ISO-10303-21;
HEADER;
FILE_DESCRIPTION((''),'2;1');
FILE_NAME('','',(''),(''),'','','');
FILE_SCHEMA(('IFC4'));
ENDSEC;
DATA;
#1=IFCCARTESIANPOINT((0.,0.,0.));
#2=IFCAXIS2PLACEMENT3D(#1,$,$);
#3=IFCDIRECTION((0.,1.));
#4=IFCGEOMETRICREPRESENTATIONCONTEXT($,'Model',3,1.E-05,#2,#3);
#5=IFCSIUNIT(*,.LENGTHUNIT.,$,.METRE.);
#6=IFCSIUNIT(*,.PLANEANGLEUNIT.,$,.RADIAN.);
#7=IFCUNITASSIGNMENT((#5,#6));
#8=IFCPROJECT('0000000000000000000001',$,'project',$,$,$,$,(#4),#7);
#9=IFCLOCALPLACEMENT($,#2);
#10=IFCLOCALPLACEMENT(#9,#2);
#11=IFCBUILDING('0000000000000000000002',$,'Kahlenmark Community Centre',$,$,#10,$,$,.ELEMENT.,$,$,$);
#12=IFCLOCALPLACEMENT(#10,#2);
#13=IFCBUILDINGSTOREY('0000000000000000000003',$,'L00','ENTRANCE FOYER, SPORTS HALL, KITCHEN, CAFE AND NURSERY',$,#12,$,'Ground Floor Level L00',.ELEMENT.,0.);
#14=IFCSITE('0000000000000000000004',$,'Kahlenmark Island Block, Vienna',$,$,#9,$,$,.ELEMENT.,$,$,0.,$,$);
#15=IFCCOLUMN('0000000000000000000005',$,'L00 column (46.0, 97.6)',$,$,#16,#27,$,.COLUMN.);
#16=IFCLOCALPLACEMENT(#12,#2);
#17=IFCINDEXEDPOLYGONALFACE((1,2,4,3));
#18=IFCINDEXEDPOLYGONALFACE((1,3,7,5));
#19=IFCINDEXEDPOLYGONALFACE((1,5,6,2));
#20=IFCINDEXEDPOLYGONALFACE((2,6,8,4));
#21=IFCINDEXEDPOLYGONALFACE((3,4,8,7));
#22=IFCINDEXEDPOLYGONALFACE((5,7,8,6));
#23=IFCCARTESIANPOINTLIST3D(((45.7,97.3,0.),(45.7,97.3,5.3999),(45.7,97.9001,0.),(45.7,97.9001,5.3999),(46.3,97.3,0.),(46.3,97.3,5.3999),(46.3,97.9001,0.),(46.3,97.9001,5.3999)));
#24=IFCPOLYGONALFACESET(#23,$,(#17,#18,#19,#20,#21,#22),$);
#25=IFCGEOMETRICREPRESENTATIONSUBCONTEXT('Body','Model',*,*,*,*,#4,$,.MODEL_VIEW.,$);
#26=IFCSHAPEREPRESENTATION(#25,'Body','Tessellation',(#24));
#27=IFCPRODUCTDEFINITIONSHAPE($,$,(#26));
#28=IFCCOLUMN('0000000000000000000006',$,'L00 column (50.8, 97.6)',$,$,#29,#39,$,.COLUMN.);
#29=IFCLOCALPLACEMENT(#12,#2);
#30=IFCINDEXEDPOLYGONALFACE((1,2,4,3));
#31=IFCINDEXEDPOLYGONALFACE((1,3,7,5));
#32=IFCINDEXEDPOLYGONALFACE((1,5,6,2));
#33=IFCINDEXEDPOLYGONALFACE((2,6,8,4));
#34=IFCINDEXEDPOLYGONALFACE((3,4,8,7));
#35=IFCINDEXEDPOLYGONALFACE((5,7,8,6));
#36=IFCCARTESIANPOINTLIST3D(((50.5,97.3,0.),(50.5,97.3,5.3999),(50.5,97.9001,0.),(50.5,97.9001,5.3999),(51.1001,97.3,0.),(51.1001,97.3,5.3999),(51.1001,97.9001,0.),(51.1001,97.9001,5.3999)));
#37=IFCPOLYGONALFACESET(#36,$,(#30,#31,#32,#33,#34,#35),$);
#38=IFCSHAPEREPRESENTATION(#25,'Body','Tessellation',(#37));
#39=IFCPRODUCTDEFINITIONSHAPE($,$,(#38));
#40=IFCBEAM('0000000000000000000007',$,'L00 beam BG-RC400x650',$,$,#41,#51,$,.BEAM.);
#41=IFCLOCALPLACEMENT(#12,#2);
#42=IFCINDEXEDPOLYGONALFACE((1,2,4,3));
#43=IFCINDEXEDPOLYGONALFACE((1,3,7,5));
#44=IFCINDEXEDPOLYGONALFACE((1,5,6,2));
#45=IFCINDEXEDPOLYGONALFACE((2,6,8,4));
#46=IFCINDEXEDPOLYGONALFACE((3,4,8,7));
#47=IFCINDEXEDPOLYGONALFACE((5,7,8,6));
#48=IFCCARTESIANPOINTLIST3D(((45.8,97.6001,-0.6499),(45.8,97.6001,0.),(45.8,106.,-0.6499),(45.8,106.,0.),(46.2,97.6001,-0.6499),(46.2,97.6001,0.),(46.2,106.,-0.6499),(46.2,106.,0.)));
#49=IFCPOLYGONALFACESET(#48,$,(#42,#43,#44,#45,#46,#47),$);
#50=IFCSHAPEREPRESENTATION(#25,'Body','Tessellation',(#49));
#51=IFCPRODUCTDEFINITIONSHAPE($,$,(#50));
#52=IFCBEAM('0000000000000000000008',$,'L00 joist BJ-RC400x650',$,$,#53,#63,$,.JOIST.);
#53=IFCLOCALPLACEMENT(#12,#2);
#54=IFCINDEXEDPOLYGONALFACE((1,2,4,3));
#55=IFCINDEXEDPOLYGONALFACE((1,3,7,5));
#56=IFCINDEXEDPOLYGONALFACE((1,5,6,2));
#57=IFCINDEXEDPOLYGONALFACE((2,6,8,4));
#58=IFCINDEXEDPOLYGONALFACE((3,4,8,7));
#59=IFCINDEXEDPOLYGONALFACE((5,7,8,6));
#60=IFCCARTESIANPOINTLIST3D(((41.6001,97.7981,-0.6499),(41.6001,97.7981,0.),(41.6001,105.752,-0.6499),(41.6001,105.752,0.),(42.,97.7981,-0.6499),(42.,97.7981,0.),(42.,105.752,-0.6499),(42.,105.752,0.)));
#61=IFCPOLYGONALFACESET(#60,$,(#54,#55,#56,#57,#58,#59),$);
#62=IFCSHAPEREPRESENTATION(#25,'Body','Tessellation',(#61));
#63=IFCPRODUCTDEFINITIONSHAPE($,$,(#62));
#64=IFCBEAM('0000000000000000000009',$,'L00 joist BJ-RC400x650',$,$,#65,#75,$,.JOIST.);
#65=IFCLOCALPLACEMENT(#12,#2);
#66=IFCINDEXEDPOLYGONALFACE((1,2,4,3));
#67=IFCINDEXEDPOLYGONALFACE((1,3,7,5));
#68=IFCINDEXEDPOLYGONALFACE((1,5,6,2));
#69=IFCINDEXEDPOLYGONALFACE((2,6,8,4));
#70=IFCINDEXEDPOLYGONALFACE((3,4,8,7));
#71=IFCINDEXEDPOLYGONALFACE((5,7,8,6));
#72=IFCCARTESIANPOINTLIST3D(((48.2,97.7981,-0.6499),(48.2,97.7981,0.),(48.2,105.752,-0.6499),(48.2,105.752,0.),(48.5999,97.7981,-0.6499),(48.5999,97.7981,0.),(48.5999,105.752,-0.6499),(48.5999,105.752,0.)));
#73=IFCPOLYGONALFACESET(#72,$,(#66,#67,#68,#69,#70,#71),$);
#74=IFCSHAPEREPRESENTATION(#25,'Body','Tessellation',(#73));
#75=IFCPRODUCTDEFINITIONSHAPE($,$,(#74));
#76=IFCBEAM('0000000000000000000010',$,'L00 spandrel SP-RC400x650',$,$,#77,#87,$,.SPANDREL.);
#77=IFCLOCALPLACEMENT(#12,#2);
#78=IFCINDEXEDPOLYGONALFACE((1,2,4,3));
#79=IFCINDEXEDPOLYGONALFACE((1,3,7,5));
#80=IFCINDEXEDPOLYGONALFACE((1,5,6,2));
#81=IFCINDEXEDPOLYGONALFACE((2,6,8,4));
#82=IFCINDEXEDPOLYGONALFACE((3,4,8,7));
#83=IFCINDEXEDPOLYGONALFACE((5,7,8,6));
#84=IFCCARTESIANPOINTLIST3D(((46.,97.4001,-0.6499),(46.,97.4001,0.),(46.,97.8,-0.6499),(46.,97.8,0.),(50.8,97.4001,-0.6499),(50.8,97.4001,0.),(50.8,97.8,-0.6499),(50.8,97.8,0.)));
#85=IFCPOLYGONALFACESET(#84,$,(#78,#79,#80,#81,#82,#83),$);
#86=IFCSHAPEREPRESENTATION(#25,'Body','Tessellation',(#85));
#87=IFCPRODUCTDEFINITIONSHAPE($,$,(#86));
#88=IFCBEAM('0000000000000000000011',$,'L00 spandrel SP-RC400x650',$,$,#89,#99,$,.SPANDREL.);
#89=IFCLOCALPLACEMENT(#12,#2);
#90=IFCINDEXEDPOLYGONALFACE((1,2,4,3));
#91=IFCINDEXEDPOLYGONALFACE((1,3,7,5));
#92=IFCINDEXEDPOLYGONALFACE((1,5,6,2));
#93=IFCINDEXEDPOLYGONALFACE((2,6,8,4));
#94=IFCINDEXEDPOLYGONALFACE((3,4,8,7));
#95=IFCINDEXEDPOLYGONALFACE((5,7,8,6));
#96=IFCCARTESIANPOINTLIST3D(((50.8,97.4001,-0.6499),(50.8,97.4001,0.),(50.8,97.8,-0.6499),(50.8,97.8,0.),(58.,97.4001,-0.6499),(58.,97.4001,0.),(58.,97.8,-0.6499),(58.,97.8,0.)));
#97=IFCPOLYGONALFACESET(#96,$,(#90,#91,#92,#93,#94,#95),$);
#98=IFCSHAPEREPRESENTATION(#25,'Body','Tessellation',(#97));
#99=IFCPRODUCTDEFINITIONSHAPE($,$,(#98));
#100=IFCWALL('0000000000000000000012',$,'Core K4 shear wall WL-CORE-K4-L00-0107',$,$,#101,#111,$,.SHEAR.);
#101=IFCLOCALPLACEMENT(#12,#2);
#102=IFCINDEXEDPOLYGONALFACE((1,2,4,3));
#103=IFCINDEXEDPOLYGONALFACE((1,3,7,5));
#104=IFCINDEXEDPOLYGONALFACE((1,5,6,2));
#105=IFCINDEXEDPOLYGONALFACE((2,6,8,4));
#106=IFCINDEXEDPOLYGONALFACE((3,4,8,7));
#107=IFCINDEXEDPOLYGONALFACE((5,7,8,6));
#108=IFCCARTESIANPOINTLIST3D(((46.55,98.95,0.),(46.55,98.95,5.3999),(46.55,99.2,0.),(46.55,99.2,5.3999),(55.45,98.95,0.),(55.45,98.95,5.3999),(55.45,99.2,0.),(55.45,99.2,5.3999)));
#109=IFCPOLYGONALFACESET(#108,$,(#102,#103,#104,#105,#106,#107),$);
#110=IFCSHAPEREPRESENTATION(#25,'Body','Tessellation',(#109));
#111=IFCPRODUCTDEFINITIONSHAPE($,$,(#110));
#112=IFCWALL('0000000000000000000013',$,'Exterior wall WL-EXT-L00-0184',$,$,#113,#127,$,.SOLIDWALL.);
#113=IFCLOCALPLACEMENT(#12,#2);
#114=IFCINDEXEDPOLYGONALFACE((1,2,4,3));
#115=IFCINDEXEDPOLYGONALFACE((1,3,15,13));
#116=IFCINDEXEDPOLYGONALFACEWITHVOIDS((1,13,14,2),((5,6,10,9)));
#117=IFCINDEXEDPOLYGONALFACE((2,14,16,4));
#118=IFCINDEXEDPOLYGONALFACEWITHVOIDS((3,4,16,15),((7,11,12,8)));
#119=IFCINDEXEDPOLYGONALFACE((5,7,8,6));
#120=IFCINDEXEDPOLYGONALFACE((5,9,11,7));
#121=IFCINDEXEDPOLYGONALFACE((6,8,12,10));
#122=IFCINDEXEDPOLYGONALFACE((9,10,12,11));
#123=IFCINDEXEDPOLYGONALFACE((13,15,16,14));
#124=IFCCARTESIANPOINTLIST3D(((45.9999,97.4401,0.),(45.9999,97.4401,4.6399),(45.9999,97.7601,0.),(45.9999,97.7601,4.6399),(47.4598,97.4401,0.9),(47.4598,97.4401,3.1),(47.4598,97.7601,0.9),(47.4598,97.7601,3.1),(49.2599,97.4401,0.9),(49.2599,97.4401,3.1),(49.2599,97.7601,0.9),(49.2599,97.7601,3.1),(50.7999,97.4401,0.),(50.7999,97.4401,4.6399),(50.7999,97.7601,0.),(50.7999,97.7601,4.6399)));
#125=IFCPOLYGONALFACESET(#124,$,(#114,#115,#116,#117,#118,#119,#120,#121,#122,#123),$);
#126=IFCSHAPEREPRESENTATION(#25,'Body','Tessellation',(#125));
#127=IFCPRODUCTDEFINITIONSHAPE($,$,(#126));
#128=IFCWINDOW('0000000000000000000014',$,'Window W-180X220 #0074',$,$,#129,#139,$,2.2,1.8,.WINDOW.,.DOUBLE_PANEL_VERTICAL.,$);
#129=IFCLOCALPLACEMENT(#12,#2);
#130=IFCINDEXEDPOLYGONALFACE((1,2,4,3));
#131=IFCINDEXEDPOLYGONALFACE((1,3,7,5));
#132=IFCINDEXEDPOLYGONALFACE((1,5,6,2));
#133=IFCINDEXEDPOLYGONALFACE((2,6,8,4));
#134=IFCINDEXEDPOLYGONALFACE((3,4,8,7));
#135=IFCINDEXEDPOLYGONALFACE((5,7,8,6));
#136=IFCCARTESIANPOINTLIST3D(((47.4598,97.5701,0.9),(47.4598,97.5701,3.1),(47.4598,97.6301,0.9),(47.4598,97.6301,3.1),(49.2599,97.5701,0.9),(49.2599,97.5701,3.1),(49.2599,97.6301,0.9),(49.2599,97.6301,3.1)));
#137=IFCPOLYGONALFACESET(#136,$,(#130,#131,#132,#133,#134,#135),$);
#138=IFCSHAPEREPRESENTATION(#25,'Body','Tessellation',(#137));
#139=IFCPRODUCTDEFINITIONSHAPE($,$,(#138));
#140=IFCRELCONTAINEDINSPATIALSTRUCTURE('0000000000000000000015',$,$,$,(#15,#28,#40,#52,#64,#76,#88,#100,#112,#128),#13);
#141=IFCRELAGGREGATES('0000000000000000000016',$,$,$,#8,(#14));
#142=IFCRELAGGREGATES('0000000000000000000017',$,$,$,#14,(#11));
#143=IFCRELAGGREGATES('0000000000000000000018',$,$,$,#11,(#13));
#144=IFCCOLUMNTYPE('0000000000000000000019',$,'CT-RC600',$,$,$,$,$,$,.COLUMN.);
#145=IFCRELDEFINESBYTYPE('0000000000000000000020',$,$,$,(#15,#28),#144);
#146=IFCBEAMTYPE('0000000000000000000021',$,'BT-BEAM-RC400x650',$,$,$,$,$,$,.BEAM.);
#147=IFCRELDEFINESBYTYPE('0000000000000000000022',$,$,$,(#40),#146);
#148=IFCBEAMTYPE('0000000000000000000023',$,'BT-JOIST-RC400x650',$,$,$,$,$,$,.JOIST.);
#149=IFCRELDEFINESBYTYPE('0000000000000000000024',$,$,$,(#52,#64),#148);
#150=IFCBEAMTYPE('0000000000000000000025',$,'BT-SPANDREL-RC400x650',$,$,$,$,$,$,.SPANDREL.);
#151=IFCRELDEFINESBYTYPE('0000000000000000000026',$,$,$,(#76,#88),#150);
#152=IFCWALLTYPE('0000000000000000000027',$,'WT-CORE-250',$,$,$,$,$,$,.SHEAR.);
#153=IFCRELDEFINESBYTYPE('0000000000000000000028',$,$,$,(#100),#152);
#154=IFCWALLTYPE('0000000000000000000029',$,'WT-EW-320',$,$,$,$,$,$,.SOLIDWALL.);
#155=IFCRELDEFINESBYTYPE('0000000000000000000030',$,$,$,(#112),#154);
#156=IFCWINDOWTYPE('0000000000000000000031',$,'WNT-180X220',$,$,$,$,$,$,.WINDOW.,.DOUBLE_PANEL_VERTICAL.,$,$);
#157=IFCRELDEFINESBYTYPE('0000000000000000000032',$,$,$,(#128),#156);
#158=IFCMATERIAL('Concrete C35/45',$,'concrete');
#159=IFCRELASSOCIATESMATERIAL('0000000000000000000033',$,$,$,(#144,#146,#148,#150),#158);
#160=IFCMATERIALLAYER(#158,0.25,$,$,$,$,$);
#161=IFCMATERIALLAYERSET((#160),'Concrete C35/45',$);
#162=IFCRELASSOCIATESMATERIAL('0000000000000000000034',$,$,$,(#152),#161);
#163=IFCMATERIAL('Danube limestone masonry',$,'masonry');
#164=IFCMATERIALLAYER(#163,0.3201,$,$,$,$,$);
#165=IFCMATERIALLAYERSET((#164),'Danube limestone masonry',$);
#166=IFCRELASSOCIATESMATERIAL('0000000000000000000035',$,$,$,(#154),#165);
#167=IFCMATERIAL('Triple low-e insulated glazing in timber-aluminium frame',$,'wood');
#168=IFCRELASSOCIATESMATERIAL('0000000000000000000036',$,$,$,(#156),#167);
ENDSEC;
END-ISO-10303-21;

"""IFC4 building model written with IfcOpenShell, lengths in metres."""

from ifc_helpers import new_model, si_unit, direction, frame, frame_2d, origin, origin_2d, place, context, subcontext, project, spatial, rectangle, extrude, material, layer, layer_set, material_profile, profile_set, type_object, element, fill, save


model = new_model("IFC4")

# Units and contexts
model_context = context("Model", 3, precision=1e-05, world=origin(), true_north=direction((0.0, 1.0)))
body_context = subcontext(model_context, "Body", "Model", "MODEL_VIEW")
ifc_project = project(units=[si_unit("LENGTHUNIT", "METRE"), si_unit("PLANEANGLEUNIT", "RADIAN")], contexts=[model_context])

# Site, building, storey
site_placement = place(None, origin())
site = spatial("IfcSite", under=ifc_project, at=site_placement, Name="Kahlenmark Island Block, Vienna", CompositionType="ELEMENT", RefElevation=0.0)
building_placement = place(site_placement, origin())
building = spatial("IfcBuilding", under=site, at=building_placement, Name="Kahlenmark Community Centre", CompositionType="ELEMENT")
storey_placement = place(building_placement, origin())
storey = spatial("IfcBuildingStorey", under=building, at=storey_placement, Name="L00", Description="ENTRANCE FOYER, SPORTS HALL, KITCHEN, CAFE AND NURSERY", LongName="Ground Floor Level L00", CompositionType="ELEMENT", Elevation=0.0)

# Columns
ifc_material_1 = material(Name="Concrete C35/45", Category="concrete")
ifc_material_profile_1 = material_profile(ifc_material_1, rectangle(XDim=0.6001, YDim=0.6001, at=origin_2d()), Name="RC 600x600")
ifc_profile_set_1 = profile_set([ifc_material_profile_1], Name="Concrete C35/45")
column_type = type_object("IfcColumnType", Name="CT-RC600", PredefinedType="COLUMN", material=ifc_profile_set_1)
for number, where, z_axis, x_axis, name in (
    (1, (46.0, 97.6001, 0.0), (0.0, 0.0, 1.0), (1.0, 0.0, 0.0), "L00 column (46.0, 97.6)"),
    (2, (50.8, 97.6001, 0.0), (0.0, 0.0, 1.0), (1.0, 0.0, 0.0), "L00 column (50.8, 97.6)"),
):
    element("IfcColumn", number, at=place(storey_placement, frame(where, z_axis=z_axis, x_axis=x_axis)), inside=storey, type_object=column_type, Name=name, PredefinedType="COLUMN", context=body_context, shape_type="SweptSolid", body=[
        extrude(rectangle(XDim=0.6001, YDim=0.6001, at=origin_2d()), origin(), (0.0, 0.0, 1.0), 5.3999),
    ])

# Beams
ifc_material_profile_2 = material_profile(ifc_material_1, rectangle(XDim=0.3999, YDim=0.6499, at=origin_2d()), Name="RC 400x650")
ifc_profile_set_2 = profile_set([ifc_material_profile_2], Name="Concrete C35/45")
beam_type_1 = type_object("IfcBeamType", Name="BT-BEAM-RC400x650", PredefinedType="BEAM", material=ifc_profile_set_2)
beam_1_placement = place(storey_placement, frame((46.0, 97.6001, -0.325), z_axis=(0.0, 1.0, 0.0), x_axis=(-1.0, 0.0, 0.0)))
element("IfcBeam", 3, at=beam_1_placement, inside=storey, type_object=beam_type_1, Name="L00 beam BG-RC400x650", PredefinedType="BEAM", context=body_context, shape_type="SweptSolid", body=[
    extrude(rectangle(XDim=0.3999, YDim=0.6499, at=origin_2d()), origin(), (0.0, 0.0, 1.0), 8.3999),
])
ifc_material_profile_3 = material_profile(ifc_material_1, rectangle(XDim=0.3999, YDim=0.6499, at=origin_2d()), Name="RC 400x650")
ifc_profile_set_3 = profile_set([ifc_material_profile_3], Name="Concrete C35/45")
beam_type_2 = type_object("IfcBeamType", Name="BT-JOIST-RC400x650", PredefinedType="JOIST", material=ifc_profile_set_3)
for number, where, z_axis, x_axis, name in (
    (4, (41.8, 97.7981, -0.325), (0.0, 1.0, 0.0), (-1.0, 0.0, 0.0), "L00 joist BJ-RC400x650"),
    (5, (48.3999, 97.7981, -0.325), (0.0, 1.0, 0.0), (-1.0, 0.0, 0.0), "L00 joist BJ-RC400x650"),
):
    element("IfcBeam", number, at=place(storey_placement, frame(where, z_axis=z_axis, x_axis=x_axis)), inside=storey, type_object=beam_type_2, Name=name, PredefinedType="JOIST", context=body_context, shape_type="SweptSolid", body=[
        extrude(rectangle(XDim=0.3999, YDim=0.6499, at=origin_2d()), origin(), (0.0, 0.0, 1.0), 7.9539),
    ])
ifc_material_profile_4 = material_profile(ifc_material_1, rectangle(XDim=0.3999, YDim=0.6499, at=origin_2d()), Name="RC 400x650")
ifc_profile_set_4 = profile_set([ifc_material_profile_4], Name="Concrete C35/45")
beam_type_3 = type_object("IfcBeamType", Name="BT-SPANDREL-RC400x650", PredefinedType="SPANDREL", material=ifc_profile_set_4)
beam_2_placement = place(storey_placement, frame((46.0, 97.6001, -0.325), z_axis=(1.0, 0.0, 0.0), x_axis=(0.0, 1.0, 0.0)))
element("IfcBeam", 6, at=beam_2_placement, inside=storey, type_object=beam_type_3, Name="L00 spandrel SP-RC400x650", PredefinedType="SPANDREL", context=body_context, shape_type="SweptSolid", body=[
    extrude(rectangle(XDim=0.3999, YDim=0.6499, at=origin_2d()), origin(), (0.0, 0.0, 1.0), 4.8),
])
beam_3_placement = place(storey_placement, frame((50.8, 97.6001, -0.325), z_axis=(1.0, 0.0, 0.0), x_axis=(0.0, 1.0, 0.0)))
element("IfcBeam", 7, at=beam_3_placement, inside=storey, type_object=beam_type_3, Name="L00 spandrel SP-RC400x650", PredefinedType="SPANDREL", context=body_context, shape_type="SweptSolid", body=[
    extrude(rectangle(XDim=0.3999, YDim=0.6499, at=origin_2d()), origin(), (0.0, 0.0, 1.0), 7.2),
])

# Wall
ifc_layer_1 = layer(ifc_material_1, 0.25)
ifc_layer_set_1 = layer_set([ifc_layer_1], Name="Concrete C35/45")
wall_type_1 = type_object("IfcWallType", Name="WT-CORE-250", PredefinedType="SHEAR", material=ifc_layer_set_1)
wall_1_placement = place(storey_placement, frame((46.55, 99.075, 0.0), z_axis=(0.0, 0.0, 1.0), x_axis=(1.0, 0.0, 0.0)))
element("IfcWall", 8, at=wall_1_placement, inside=storey, type_object=wall_type_1, Name="Core K4 shear wall WL-CORE-K4-L00-0107", PredefinedType="SHEAR", context=body_context, shape_type="SweptSolid", body=[
    extrude(rectangle(XDim=8.8999, YDim=0.25, at=frame_2d((4.45, 0.0))), origin(), (0.0, 0.0, 1.0), 5.3999),
])

# Wall, opening, window
ifc_material_2 = material(Name="Danube limestone masonry", Category="masonry")
ifc_layer_2 = layer(ifc_material_2, 0.3201)
ifc_layer_set_2 = layer_set([ifc_layer_2], Name="Danube limestone masonry")
wall_type_2 = type_object("IfcWallType", Name="WT-EW-320", PredefinedType="SOLIDWALL", material=ifc_layer_set_2)
wall_2_placement = place(storey_placement, frame((46.0, 97.6001, 0.0), z_axis=(0.0, 0.0, 1.0), x_axis=(1.0, 0.0, 0.0)))
wall_2 = element("IfcWall", 9, at=wall_2_placement, inside=storey, type_object=wall_type_2, Name="Exterior wall WL-EXT-L00-0184", PredefinedType="SOLIDWALL", context=body_context, shape_type="SweptSolid", body=[
    extrude(rectangle(XDim=4.8, YDim=0.3201, at=frame_2d((2.3999, 0.0))), origin(), (0.0, 0.0, 1.0), 4.6399),
])
opening_1_placement = place(wall_2_placement, frame((1.46, 0.0, 0.8999)))
opening_1 = element("IfcOpeningElement", 10, at=opening_1_placement, cuts=wall_2, PredefinedType="OPENING", context=body_context, shape_type="SweptSolid", body=[
    extrude(rectangle(XDim=1.8, YDim=2.2, at=frame_2d((0.8999, 1.1001))), frame((0.0, 0.1699, 0.0), z_axis=(0.0, -1.0, 0.0), x_axis=(1.0, 0.0, 0.0)), (0.0, 0.0, 1.0), 0.3401),
])
ifc_material_3 = material(Name="Triple low-e insulated glazing in timber-aluminium frame", Category="wood")
window_type = type_object("IfcWindowType", Name="WNT-180X220", PartitioningType="DOUBLE_PANEL_VERTICAL", PredefinedType="WINDOW", material=ifc_material_3)
window_1_placement = place(opening_1_placement, origin())
window_1 = element("IfcWindow", 11, at=window_1_placement, inside=storey, type_object=window_type, Name="Window W-180X220 #0074", OverallHeight=2.2, OverallWidth=1.8, PartitioningType="DOUBLE_PANEL_VERTICAL", PredefinedType="WINDOW", context=body_context, shape_type="SweptSolid", body=[
    extrude(rectangle(XDim=1.8, YDim=2.2, at=frame_2d((0.8999, 1.1001))), frame((0.0, 0.03, 0.0), z_axis=(0.0, -1.0, 0.0), x_axis=(1.0, 0.0, 0.0)), (0.0, 0.0, 1.0), 0.0601),
])
fill(opening_1, window_1)

save(model, "model.ifc")
